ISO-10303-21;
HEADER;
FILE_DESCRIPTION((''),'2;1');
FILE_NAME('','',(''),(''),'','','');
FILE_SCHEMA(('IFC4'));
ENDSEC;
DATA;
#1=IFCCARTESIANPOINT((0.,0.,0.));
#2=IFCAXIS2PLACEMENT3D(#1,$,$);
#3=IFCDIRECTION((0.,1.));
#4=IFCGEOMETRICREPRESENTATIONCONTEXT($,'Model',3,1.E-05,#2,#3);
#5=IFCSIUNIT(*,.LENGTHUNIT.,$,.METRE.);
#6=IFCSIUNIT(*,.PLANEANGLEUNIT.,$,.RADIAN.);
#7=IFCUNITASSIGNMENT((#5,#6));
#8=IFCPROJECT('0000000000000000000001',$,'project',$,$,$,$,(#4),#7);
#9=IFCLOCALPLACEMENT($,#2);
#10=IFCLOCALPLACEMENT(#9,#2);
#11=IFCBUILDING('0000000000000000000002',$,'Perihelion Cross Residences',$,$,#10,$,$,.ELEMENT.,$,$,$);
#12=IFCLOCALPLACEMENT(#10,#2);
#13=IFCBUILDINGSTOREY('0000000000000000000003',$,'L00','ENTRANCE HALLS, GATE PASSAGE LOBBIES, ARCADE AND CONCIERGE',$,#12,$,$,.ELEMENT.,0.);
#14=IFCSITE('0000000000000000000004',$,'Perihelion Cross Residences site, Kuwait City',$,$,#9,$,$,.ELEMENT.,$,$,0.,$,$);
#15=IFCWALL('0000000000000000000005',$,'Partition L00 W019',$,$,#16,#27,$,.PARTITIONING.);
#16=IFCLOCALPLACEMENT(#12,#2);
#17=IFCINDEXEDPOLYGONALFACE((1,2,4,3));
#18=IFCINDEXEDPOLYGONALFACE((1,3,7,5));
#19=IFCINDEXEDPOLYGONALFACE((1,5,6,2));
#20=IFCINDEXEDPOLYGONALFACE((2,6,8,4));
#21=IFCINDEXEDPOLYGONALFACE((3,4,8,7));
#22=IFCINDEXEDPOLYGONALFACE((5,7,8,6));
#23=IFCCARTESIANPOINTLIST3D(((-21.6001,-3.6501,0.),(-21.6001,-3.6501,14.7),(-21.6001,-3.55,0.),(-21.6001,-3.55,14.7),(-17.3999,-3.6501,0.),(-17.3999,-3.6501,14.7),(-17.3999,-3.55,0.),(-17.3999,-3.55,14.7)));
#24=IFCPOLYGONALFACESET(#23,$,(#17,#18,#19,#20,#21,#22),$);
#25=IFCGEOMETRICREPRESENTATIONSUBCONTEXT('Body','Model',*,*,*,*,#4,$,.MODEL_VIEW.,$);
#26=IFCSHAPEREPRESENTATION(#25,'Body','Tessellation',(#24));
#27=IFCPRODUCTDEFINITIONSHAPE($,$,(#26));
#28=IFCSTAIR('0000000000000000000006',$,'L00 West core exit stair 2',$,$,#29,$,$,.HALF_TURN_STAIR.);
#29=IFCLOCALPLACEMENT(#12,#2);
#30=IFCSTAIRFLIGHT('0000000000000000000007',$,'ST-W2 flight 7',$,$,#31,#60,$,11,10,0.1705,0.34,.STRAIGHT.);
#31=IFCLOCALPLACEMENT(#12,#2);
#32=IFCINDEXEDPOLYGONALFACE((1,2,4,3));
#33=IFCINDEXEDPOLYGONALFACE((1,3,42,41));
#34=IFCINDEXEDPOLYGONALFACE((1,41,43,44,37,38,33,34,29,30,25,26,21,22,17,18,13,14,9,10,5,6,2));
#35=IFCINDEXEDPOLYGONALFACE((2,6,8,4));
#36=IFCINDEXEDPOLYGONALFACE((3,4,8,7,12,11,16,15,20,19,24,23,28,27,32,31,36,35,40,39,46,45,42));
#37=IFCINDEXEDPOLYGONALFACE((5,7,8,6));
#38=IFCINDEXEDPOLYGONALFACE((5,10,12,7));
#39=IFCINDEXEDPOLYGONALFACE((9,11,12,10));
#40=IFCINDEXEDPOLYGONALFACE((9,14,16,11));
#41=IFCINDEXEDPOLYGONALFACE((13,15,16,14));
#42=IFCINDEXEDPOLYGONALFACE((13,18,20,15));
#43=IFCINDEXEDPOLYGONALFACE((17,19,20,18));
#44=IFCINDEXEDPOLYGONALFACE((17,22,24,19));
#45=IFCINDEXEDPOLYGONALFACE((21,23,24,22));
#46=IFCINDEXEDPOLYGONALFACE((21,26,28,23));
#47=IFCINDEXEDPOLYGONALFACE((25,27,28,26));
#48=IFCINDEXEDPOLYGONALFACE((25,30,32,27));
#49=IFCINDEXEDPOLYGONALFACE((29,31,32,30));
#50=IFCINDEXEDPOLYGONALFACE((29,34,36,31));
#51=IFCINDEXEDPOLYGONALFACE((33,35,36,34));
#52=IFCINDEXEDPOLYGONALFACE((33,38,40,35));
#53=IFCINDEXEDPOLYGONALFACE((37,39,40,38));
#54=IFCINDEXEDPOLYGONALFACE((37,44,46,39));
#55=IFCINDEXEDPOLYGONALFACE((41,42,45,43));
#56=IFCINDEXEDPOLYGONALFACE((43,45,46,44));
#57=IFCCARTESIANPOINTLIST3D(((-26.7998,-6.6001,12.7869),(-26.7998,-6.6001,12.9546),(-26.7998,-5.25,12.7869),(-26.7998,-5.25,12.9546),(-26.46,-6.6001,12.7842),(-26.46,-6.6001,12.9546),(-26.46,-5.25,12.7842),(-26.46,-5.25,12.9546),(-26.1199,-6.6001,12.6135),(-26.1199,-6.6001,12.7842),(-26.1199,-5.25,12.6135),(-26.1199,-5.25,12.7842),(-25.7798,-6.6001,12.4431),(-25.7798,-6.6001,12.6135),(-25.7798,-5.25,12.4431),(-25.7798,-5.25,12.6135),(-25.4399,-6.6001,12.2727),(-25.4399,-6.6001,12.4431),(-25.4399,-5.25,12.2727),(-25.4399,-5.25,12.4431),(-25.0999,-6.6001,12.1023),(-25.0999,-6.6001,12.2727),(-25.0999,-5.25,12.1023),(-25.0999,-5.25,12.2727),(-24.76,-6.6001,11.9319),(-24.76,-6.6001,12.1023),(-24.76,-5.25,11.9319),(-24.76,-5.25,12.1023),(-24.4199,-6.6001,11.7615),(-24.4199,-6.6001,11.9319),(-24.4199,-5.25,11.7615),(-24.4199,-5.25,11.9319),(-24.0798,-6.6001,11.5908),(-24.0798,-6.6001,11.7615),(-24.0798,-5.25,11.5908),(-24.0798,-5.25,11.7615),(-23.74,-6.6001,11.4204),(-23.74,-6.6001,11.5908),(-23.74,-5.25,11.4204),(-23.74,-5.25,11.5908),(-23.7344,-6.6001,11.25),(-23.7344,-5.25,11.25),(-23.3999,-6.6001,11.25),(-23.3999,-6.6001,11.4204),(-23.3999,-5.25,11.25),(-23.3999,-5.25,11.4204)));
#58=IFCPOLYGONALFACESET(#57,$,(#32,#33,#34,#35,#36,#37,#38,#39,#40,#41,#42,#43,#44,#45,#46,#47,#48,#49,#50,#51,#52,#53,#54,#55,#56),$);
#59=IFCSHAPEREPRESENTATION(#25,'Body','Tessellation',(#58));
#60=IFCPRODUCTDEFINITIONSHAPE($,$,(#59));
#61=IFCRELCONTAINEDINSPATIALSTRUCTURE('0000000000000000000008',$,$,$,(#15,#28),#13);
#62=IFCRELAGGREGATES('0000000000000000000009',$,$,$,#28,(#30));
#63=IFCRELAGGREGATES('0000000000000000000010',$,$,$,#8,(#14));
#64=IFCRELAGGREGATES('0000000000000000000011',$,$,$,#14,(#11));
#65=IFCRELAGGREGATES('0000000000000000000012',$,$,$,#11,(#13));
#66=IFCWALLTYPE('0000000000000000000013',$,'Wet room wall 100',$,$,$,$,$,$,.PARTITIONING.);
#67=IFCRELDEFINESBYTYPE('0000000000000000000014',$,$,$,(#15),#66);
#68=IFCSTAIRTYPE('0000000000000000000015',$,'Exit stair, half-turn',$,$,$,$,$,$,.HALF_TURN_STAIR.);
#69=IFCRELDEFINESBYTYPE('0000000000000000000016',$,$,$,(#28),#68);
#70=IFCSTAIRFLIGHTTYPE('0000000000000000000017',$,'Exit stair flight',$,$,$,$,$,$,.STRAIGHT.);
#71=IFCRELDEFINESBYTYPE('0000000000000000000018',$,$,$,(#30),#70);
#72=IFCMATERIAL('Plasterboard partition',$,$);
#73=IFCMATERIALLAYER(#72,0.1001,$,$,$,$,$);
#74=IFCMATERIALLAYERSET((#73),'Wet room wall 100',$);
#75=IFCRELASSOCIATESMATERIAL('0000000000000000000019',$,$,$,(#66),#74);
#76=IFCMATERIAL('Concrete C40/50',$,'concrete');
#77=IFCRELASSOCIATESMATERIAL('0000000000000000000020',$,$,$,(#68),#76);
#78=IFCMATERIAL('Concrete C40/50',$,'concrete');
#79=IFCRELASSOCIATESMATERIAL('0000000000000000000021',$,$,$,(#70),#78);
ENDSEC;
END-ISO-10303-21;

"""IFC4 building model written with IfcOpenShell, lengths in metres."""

from ifc_helpers import new_model, si_unit, direction, frame, frame_2d, origin, place, context, subcontext, project, spatial, polyline, rectangle, outline, extrude, material, layer, layer_set, type_object, element, aggregate, save


model = new_model("IFC4")

# Units and contexts
model_context = context("Model", 3, precision=1e-05, world=origin(), true_north=direction((0.0, 1.0)))
body_context = subcontext(model_context, "Body", "Model", "MODEL_VIEW")
ifc_project = project(units=[si_unit("LENGTHUNIT", "METRE"), si_unit("PLANEANGLEUNIT", "RADIAN")], contexts=[model_context])

# Site, building, storey
site_placement = place(None, origin())
site = spatial("IfcSite", under=ifc_project, at=site_placement, Name="Perihelion Cross Residences site, Kuwait City", CompositionType="ELEMENT", RefElevation=0.0)
building_placement = place(site_placement, origin())
building = spatial("IfcBuilding", under=site, at=building_placement, Name="Perihelion Cross Residences", CompositionType="ELEMENT")
storey_placement = place(building_placement, origin())
storey = spatial("IfcBuildingStorey", under=building, at=storey_placement, Name="L00", Description="ENTRANCE HALLS, GATE PASSAGE LOBBIES, ARCADE AND CONCIERGE", CompositionType="ELEMENT", Elevation=0.0)

# Wall
ifc_material_1 = material(Name="Plasterboard partition")
ifc_layer_1 = layer(ifc_material_1, 0.1001)
ifc_layer_set_1 = layer_set([ifc_layer_1], Name="Wet room wall 100")
wall_type_1 = type_object("IfcWallType", Name="Wet room wall 100", PredefinedType="PARTITIONING", material=ifc_layer_set_1)
wall_1_placement = place(storey_placement, frame((-21.6001, -3.6001, 0.0), z_axis=(0.0, 0.0, 1.0), x_axis=(1.0, 0.0, 0.0)))
element("IfcWall", 1, at=wall_1_placement, inside=storey, type_object=wall_type_1, Name="Partition L00 W019", PredefinedType="PARTITIONING", context=body_context, shape_type="SweptSolid", body=[
    extrude(rectangle(XDim=4.2002, YDim=0.1001, at=frame_2d((2.1001, 0.0))), origin(), (0.0, 0.0, 1.0), 14.7),
])

# Stair, stair flight
ifc_material_2 = material(Name="Concrete C40/50", Category="concrete")
stair_type = type_object("IfcStairType", Name="Exit stair, half-turn", PredefinedType="HALF_TURN_STAIR", material=ifc_material_2)
stair_placement = place(storey_placement, origin())
stair = element("IfcStair", 2, at=stair_placement, inside=storey, type_object=stair_type, Name="L00 West core exit stair 2", PredefinedType="HALF_TURN_STAIR")
ifc_material_3 = material(Name="Concrete C40/50", Category="concrete")
stair_flight_type = type_object("IfcStairFlightType", Name="Exit stair flight", PredefinedType="STRAIGHT", material=ifc_material_3)
stair_flight_placement = place(storey_placement, frame((-23.3999, -5.925, 11.25), z_axis=(0.0, 0.0, 1.0), x_axis=(-1.0, 0.0, 0.0)))
stair_flight = element("IfcStairFlight", 3, at=stair_flight_placement, type_object=stair_flight_type, Name="ST-W2 flight 7", NumberOfRisers=11, NumberOfTreads=10, PredefinedType="STRAIGHT", RiserHeight=0.1705, TreadLength=0.34, context=body_context, shape_type="SweptSolid", body=[
    extrude(outline(polyline([(0.0, 0.0), (0.0, 0.1704), (0.3401, 0.1704), (0.3401, 0.3408), (0.6799, 0.3408), (0.6799, 0.5115), (1.02, 0.5115), (1.02, 0.6819), (1.3601, 0.6819), (1.3601, 0.8523), (1.7, 0.8523), (1.7, 1.0227), (2.04, 1.0227), (2.04, 1.1931), (2.3799, 1.1931), (2.3799, 1.3635), (2.72, 1.3635), (2.72, 1.5342), (3.0601, 1.5342), (3.0601, 1.7046), (3.3999, 1.7046), (3.3999, 1.875), (3.3999, 1.5369), (0.3345, 0.0), (0.0, 0.0)])), frame((0.0, 0.675, 0.0), z_axis=(0.0, -1.0, 0.0), x_axis=(1.0, 0.0, 0.0)), (0.0, 0.0, 1.0), 1.3501),
])
aggregate(stair, [stair_flight])

save(model, "model.ifc")
